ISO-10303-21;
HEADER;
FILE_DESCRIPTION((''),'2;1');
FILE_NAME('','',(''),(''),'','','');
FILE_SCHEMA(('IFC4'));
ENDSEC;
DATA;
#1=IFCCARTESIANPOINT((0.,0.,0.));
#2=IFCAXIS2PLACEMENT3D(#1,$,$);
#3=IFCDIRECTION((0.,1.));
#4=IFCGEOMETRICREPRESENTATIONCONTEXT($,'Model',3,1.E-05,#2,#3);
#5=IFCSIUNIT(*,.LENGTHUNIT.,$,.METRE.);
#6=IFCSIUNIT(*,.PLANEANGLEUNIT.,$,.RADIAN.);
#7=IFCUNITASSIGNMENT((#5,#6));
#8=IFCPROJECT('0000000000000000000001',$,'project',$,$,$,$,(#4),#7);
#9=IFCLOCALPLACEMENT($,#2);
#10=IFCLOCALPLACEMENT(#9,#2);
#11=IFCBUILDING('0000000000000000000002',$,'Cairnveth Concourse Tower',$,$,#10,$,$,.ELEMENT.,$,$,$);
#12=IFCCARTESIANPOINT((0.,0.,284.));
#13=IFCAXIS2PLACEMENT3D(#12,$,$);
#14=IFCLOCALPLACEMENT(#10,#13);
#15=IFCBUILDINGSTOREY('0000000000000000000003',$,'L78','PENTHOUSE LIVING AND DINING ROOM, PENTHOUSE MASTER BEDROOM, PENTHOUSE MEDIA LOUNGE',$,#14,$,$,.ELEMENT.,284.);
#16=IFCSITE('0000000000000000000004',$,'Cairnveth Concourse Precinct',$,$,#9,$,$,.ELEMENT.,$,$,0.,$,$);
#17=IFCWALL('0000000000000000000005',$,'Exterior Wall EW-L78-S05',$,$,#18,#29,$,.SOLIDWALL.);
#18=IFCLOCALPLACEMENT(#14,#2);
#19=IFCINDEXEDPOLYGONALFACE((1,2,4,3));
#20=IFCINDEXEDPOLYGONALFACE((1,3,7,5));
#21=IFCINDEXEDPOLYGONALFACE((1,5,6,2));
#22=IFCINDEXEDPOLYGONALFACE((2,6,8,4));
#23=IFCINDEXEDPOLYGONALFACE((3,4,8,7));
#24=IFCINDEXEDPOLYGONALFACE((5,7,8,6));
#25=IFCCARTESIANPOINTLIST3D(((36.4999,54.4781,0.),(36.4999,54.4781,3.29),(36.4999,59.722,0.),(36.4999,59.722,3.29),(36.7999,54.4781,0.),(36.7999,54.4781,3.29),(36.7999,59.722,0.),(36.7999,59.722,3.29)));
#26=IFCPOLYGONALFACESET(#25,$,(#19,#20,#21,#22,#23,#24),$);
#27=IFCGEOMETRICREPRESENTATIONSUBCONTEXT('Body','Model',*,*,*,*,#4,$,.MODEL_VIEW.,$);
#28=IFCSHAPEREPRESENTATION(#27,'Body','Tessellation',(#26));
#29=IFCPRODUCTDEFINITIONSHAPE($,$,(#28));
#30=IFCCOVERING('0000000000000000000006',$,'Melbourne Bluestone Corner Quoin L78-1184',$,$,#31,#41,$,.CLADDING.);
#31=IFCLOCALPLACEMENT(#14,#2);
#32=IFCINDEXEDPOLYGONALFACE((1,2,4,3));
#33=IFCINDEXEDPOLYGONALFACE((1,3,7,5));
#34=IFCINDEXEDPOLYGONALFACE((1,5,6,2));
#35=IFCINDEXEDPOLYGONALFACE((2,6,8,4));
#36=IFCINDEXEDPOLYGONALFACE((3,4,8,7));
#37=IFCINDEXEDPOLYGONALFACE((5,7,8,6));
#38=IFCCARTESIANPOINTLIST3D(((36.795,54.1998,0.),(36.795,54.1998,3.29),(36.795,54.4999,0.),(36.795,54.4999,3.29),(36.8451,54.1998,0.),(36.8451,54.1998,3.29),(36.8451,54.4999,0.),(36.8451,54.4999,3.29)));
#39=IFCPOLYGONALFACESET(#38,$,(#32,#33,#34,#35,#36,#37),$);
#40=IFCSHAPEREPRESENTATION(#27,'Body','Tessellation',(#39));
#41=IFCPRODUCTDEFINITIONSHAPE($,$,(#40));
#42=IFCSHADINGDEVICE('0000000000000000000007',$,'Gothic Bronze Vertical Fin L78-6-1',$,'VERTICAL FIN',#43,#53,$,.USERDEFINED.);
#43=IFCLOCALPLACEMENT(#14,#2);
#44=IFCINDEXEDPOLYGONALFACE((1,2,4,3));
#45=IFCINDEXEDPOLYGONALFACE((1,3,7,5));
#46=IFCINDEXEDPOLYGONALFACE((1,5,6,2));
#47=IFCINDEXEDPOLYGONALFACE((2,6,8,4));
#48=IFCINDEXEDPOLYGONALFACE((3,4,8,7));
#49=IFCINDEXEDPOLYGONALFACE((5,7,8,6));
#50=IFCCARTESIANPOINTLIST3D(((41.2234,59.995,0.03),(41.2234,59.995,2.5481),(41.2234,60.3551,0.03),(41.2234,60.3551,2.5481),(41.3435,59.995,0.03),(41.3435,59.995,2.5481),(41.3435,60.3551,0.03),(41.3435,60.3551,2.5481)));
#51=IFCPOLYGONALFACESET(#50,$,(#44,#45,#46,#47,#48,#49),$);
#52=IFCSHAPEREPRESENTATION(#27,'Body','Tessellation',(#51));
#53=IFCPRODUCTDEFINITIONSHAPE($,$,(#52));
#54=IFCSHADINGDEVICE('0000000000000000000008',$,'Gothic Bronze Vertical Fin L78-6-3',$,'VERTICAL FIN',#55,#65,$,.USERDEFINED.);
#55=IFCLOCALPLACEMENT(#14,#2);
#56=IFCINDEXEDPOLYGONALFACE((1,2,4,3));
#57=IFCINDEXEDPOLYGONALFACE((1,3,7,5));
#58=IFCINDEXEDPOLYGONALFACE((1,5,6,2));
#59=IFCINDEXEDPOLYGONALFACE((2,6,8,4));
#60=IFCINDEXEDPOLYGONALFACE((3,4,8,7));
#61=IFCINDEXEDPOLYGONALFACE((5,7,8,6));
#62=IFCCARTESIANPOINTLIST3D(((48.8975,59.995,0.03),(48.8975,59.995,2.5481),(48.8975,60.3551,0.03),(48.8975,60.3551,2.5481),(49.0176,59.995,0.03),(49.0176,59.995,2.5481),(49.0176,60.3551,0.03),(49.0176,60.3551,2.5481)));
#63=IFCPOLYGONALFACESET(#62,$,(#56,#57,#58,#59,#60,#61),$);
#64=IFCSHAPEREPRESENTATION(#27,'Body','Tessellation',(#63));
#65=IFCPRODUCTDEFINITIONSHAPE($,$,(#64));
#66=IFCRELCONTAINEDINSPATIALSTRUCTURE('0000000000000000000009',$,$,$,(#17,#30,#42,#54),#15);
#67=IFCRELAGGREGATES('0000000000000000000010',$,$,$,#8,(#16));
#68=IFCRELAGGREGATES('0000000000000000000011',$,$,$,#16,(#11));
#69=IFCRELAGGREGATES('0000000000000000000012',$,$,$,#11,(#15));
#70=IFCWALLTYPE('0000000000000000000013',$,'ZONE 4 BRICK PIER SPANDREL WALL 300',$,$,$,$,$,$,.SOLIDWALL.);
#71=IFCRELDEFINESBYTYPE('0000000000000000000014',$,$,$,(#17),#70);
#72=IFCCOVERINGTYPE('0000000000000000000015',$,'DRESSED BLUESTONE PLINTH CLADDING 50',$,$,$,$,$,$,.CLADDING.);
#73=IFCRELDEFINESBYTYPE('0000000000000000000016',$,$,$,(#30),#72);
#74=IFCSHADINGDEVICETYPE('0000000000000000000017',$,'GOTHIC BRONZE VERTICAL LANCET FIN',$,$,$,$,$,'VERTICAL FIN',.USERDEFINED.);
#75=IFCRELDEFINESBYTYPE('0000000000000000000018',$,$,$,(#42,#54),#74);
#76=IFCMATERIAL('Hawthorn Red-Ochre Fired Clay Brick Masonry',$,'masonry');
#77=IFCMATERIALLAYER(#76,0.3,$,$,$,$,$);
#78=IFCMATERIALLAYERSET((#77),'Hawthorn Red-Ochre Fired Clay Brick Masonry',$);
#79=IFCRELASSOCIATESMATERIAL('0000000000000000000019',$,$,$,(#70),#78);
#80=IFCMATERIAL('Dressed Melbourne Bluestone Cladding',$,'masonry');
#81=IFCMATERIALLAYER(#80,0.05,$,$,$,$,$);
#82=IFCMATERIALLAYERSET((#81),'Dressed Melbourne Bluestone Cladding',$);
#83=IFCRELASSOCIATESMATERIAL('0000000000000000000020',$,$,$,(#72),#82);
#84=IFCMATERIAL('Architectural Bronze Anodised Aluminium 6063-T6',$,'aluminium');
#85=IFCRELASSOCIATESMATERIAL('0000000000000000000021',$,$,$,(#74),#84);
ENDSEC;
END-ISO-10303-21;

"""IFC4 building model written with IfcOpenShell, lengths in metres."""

from ifc_helpers import new_model, si_unit, direction, frame, frame_2d, origin, origin_2d, place, context, subcontext, project, spatial, rectangle, extrude, material, layer, layer_set, type_object, element, save


model = new_model("IFC4")

# Units and contexts
model_context = context("Model", 3, precision=1e-05, world=origin(), true_north=direction((0.0, 1.0)))
body_context = subcontext(model_context, "Body", "Model", "MODEL_VIEW")
ifc_project = project(units=[si_unit("LENGTHUNIT", "METRE"), si_unit("PLANEANGLEUNIT", "RADIAN")], contexts=[model_context])

# Site, building, storey
site_placement = place(None, origin())
site = spatial("IfcSite", under=ifc_project, at=site_placement, Name="Cairnveth Concourse Precinct", CompositionType="ELEMENT", RefElevation=0.0)
building_placement = place(site_placement, origin())
building = spatial("IfcBuilding", under=site, at=building_placement, Name="Cairnveth Concourse Tower", CompositionType="ELEMENT")
storey_placement = place(building_placement, frame((0.0, 0.0, 284.0)))
storey = spatial("IfcBuildingStorey", under=building, at=storey_placement, Name="L78", Description="PENTHOUSE LIVING AND DINING ROOM, PENTHOUSE MASTER BEDROOM, PENTHOUSE MEDIA LOUNGE", CompositionType="ELEMENT", Elevation=284.0)

# Wall
ifc_material_1 = material(Name="Hawthorn Red-Ochre Fired Clay Brick Masonry", Category="masonry")
ifc_layer_1 = layer(ifc_material_1, 0.3)
ifc_layer_set_1 = layer_set([ifc_layer_1], Name="Hawthorn Red-Ochre Fired Clay Brick Masonry")
wall_type_1 = type_object("IfcWallType", Name="ZONE 4 BRICK PIER SPANDREL WALL 300", PredefinedType="SOLIDWALL", material=ifc_layer_set_1)
wall_1_placement = place(storey_placement, frame((36.6499, 54.478, 0.0), z_axis=(0.0, 0.0, 1.0), x_axis=(0.0, 1.0, 0.0)))
element("IfcWall", 1, at=wall_1_placement, inside=storey, type_object=wall_type_1, Name="Exterior Wall EW-L78-S05", PredefinedType="SOLIDWALL", context=body_context, shape_type="SweptSolid", body=[
    extrude(rectangle(XDim=5.2439, YDim=0.3, at=frame_2d((2.6221, 0.0))), origin(), (0.0, 0.0, 1.0), 3.29),
])

# Covering
ifc_material_2 = material(Name="Dressed Melbourne Bluestone Cladding", Category="masonry")
ifc_layer_2 = layer(ifc_material_2, 0.05)
ifc_layer_set_2 = layer_set([ifc_layer_2], Name="Dressed Melbourne Bluestone Cladding")
covering_type = type_object("IfcCoveringType", Name="DRESSED BLUESTONE PLINTH CLADDING 50", PredefinedType="CLADDING", material=ifc_layer_set_2)
covering_placement = place(storey_placement, frame((36.8201, 54.2, 0.0), z_axis=(0.0, 0.0, 1.0), x_axis=(0.0, 1.0, 0.0)))
element("IfcCovering", 2, at=covering_placement, inside=storey, type_object=covering_type, Name="Melbourne Bluestone Corner Quoin L78-1184", PredefinedType="CLADDING", context=body_context, shape_type="SweptSolid", body=[
    extrude(rectangle(XDim=0.3, YDim=0.05, at=frame_2d((0.1499, 0.0))), origin(), (0.0, 0.0, 1.0), 3.29),
])

# Shading devices
ifc_material_3 = material(Name="Architectural Bronze Anodised Aluminium 6063-T6", Category="aluminium")
shading_device_type = type_object("IfcShadingDeviceType", Name="GOTHIC BRONZE VERTICAL LANCET FIN", ElementType="VERTICAL FIN", PredefinedType="USERDEFINED", material=ifc_material_3)
for number, where, z_axis, x_axis, name in (
    (3, (41.2834, 60.175, 0.03), (0.0, 0.0, 1.0), (1.0, 0.0, 0.0), "Gothic Bronze Vertical Fin L78-6-1"),
    (4, (48.9575, 60.175, 0.03), (0.0, 0.0, 1.0), (1.0, 0.0, 0.0), "Gothic Bronze Vertical Fin L78-6-3"),
):
    element("IfcShadingDevice", number, at=place(storey_placement, frame(where, z_axis=z_axis, x_axis=x_axis)), inside=storey, type_object=shading_device_type, Name=name, ObjectType="VERTICAL FIN", PredefinedType="USERDEFINED", context=body_context, shape_type="SweptSolid", body=[
        extrude(rectangle(XDim=0.1201, YDim=0.3601, at=origin_2d()), origin(), (0.0, 0.0, 1.0), 2.5181),
    ])

save(model, "model.ifc")
